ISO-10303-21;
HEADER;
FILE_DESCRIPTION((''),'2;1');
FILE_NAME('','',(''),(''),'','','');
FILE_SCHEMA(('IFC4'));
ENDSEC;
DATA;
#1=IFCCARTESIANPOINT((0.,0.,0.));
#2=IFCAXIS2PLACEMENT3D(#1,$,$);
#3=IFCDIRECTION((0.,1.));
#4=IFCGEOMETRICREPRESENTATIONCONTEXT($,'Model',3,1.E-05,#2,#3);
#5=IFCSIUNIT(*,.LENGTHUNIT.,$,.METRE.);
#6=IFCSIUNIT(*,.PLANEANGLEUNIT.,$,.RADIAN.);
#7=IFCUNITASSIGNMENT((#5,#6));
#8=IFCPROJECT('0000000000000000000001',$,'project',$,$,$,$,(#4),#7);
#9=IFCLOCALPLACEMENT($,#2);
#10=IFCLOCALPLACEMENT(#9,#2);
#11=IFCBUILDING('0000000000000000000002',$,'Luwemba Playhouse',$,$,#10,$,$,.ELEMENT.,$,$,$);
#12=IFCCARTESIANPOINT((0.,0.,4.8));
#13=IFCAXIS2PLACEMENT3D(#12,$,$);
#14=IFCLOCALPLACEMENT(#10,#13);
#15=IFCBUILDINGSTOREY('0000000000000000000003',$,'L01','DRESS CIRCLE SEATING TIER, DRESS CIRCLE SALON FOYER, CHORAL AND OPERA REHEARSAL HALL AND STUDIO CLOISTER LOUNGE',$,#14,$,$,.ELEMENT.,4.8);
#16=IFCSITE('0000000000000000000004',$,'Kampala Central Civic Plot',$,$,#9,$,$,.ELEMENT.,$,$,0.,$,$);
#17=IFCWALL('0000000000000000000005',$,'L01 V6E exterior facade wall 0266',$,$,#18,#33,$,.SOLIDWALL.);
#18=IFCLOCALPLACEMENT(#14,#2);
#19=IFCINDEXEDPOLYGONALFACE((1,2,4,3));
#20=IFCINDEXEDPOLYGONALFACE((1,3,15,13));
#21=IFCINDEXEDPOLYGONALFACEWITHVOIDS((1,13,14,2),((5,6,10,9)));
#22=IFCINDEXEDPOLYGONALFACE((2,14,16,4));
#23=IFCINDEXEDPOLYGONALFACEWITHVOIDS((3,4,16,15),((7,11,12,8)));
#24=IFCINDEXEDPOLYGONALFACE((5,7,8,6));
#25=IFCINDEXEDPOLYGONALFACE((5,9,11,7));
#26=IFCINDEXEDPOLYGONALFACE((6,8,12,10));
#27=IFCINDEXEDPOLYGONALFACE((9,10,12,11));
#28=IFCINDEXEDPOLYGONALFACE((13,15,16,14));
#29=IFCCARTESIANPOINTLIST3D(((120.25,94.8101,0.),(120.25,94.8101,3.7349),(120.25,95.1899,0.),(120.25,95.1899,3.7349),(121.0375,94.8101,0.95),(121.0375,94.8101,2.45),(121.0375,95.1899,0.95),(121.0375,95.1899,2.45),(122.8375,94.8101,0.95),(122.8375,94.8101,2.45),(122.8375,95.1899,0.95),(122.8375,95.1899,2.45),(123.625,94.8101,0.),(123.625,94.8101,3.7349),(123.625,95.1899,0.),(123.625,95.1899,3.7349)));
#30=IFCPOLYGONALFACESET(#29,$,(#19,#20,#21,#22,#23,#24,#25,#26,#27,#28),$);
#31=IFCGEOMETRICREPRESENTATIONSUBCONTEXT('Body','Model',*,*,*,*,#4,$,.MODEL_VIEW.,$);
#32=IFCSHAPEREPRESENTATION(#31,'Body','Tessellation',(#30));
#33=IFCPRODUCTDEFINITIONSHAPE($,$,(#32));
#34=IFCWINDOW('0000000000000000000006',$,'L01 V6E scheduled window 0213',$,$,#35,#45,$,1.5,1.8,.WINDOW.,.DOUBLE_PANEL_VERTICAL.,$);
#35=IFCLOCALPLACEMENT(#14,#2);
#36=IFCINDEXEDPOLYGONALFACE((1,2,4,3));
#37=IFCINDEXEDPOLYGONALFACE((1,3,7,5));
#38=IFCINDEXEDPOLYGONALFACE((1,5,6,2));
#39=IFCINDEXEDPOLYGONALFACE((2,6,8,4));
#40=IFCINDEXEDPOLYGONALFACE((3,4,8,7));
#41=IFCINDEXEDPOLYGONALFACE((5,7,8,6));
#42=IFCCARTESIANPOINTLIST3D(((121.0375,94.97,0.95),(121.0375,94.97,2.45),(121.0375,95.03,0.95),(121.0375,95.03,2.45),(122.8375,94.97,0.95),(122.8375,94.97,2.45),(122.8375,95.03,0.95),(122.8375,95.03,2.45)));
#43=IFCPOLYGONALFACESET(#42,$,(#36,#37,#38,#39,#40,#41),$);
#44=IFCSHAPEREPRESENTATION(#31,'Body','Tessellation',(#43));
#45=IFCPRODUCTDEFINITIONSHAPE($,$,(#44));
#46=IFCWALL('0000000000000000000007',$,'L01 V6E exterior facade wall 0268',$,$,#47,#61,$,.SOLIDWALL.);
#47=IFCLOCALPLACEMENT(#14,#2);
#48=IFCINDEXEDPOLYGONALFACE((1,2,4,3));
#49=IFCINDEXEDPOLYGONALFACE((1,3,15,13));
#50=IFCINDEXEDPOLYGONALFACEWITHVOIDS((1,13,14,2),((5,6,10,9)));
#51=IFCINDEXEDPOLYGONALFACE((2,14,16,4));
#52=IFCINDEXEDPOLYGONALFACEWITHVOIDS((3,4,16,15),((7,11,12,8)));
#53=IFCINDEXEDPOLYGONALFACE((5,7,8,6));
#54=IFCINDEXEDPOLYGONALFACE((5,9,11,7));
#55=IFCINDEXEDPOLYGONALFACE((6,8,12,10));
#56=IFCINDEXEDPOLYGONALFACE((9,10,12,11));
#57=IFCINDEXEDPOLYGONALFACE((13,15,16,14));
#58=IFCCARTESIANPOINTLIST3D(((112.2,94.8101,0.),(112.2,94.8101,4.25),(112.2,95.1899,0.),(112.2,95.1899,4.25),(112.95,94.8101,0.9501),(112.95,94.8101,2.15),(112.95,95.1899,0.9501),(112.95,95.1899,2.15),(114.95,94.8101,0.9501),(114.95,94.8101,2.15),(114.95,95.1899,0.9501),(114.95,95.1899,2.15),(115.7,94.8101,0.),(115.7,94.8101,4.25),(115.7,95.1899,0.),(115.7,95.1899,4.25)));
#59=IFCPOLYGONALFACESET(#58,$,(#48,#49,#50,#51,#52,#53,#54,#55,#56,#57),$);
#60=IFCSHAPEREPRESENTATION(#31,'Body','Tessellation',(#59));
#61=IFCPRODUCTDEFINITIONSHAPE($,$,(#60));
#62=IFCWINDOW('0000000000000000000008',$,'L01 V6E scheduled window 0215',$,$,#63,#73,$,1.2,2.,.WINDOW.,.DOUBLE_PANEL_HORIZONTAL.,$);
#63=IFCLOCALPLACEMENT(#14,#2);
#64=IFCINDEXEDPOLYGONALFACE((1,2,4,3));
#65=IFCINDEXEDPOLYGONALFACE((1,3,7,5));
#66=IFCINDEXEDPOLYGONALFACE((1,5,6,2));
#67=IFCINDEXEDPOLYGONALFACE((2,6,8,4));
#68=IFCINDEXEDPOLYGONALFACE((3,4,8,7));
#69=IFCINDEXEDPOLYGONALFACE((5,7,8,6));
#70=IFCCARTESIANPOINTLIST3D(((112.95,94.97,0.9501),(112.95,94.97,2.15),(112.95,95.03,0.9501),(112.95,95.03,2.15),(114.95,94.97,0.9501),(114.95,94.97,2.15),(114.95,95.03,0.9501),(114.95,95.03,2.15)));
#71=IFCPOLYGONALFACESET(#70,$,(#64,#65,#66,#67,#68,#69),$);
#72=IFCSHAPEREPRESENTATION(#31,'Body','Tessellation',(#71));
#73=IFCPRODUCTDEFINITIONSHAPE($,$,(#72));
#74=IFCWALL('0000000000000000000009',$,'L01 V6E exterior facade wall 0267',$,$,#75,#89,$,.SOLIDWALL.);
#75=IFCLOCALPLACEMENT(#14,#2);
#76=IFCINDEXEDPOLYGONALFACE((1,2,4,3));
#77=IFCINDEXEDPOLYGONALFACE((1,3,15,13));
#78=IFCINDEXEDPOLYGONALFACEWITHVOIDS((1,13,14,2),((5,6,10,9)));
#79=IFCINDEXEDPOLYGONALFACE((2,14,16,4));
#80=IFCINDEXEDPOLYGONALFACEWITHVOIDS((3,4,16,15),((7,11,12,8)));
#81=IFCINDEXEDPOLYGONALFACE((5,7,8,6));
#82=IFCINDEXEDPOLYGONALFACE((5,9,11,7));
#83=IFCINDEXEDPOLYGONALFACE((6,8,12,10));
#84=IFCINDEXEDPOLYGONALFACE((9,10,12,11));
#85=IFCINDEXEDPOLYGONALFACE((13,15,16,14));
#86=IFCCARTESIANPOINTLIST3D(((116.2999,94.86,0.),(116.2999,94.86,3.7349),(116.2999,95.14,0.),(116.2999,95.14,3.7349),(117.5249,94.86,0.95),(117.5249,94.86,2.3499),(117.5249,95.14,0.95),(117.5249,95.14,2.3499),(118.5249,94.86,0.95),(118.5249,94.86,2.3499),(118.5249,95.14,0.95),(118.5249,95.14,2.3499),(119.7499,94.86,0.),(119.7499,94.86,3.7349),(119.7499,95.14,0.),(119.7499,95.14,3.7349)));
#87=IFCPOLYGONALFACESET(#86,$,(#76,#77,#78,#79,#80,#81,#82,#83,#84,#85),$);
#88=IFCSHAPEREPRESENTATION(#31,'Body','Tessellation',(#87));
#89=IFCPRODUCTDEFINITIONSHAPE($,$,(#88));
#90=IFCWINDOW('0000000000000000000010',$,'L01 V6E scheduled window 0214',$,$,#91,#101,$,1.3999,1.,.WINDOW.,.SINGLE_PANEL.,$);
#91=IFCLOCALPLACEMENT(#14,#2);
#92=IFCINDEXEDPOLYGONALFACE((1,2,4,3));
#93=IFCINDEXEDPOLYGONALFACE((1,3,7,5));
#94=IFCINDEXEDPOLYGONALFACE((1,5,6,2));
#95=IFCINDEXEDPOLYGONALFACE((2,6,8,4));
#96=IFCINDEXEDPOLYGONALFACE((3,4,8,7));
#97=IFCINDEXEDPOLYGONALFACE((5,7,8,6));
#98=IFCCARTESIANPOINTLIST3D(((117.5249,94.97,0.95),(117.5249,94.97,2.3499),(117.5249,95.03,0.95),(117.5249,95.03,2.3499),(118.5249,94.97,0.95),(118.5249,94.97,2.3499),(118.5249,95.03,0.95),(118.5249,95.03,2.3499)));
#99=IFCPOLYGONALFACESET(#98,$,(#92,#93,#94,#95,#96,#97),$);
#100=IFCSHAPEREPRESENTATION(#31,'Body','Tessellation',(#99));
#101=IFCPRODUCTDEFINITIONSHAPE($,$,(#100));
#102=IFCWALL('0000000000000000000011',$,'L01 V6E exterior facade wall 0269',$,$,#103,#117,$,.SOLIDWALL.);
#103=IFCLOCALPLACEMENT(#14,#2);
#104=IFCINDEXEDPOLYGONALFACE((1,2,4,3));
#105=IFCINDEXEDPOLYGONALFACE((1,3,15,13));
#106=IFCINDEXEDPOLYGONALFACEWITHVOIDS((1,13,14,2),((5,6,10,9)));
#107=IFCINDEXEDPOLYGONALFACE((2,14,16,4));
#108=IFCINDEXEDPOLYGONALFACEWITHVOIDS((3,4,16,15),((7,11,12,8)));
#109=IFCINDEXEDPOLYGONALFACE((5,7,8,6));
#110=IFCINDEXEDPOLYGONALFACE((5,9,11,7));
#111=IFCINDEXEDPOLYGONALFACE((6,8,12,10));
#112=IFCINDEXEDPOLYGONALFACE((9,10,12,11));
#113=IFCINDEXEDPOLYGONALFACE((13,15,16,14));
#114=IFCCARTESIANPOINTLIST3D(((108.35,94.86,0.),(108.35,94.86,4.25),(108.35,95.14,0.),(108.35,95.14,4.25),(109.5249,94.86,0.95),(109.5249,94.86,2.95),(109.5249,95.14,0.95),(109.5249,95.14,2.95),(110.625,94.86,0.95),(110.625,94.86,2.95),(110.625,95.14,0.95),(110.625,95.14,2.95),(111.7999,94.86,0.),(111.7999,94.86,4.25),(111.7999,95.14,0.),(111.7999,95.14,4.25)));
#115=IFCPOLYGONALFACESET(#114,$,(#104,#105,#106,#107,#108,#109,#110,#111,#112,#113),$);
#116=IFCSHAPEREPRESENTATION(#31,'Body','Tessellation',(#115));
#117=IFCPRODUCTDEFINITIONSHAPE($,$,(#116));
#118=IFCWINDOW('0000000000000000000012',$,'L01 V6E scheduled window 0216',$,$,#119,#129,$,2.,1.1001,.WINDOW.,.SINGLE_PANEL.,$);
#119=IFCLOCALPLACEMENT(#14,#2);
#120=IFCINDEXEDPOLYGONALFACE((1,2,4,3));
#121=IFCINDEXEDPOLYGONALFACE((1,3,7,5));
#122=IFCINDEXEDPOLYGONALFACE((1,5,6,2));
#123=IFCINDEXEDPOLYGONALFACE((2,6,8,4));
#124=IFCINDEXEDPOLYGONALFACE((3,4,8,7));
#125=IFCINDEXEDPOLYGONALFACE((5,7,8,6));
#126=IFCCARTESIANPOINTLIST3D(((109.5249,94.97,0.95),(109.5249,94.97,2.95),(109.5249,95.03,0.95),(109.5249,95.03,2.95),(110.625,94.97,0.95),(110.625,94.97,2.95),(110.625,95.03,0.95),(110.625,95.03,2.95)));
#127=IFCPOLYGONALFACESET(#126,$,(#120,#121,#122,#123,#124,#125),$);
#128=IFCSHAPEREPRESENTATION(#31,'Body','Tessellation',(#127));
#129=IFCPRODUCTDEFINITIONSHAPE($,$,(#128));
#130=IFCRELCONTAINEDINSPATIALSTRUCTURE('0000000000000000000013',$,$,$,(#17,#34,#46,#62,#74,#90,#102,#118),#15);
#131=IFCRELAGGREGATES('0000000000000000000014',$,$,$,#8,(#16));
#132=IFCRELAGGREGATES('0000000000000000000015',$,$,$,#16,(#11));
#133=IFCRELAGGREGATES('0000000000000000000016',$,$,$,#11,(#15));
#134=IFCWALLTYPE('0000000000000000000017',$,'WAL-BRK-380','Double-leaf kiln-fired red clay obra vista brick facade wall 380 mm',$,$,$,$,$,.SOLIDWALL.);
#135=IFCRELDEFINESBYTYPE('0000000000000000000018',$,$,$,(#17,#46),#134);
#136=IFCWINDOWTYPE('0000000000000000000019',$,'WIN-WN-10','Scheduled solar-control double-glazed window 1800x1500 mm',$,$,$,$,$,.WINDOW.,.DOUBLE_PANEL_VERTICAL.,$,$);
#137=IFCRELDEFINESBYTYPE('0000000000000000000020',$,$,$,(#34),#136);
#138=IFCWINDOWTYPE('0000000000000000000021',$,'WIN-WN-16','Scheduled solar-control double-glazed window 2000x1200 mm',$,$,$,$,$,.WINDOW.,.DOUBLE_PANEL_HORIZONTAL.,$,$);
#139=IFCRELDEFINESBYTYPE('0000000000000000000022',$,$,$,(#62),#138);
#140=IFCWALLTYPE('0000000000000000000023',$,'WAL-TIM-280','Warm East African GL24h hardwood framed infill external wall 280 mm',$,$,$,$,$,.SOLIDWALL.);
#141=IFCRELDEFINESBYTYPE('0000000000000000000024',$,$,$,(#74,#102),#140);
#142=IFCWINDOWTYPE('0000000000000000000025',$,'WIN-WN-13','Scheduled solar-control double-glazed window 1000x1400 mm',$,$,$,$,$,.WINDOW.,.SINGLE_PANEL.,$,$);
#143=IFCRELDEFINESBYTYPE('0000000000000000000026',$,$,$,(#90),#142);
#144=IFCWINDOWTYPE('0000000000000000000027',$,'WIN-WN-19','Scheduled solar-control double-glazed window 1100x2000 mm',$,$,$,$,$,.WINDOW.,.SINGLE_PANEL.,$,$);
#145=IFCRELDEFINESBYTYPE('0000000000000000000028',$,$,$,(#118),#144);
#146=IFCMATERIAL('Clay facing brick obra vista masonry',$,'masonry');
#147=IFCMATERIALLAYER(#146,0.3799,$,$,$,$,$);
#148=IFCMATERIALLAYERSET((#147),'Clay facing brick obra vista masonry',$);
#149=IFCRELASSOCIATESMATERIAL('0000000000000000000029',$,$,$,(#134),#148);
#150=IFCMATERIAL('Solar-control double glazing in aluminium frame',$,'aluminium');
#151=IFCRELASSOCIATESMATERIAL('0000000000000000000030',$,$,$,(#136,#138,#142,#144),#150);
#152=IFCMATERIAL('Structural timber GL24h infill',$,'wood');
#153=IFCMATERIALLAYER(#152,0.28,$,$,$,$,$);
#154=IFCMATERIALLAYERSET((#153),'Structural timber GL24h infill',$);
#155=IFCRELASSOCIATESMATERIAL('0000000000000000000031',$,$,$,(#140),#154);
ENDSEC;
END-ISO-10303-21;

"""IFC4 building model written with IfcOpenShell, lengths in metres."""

from ifc_helpers import new_model, si_unit, direction, frame, frame_2d, origin, place, context, subcontext, project, spatial, rectangle, extrude, material, layer, layer_set, type_object, element, fill, save


model = new_model("IFC4")

# Units and contexts
model_context = context("Model", 3, precision=1e-05, world=origin(), true_north=direction((0.0, 1.0)))
body_context = subcontext(model_context, "Body", "Model", "MODEL_VIEW")
ifc_project = project(units=[si_unit("LENGTHUNIT", "METRE"), si_unit("PLANEANGLEUNIT", "RADIAN")], contexts=[model_context])

# Site, building, storey
site_placement = place(None, origin())
site = spatial("IfcSite", under=ifc_project, at=site_placement, Name="Kampala Central Civic Plot", CompositionType="ELEMENT", RefElevation=0.0)
building_placement = place(site_placement, origin())
building = spatial("IfcBuilding", under=site, at=building_placement, Name="Luwemba Playhouse", CompositionType="ELEMENT")
storey_placement = place(building_placement, frame((0.0, 0.0, 4.8)))
storey = spatial("IfcBuildingStorey", under=building, at=storey_placement, Name="L01", Description="DRESS CIRCLE SEATING TIER, DRESS CIRCLE SALON FOYER, CHORAL AND OPERA REHEARSAL HALL AND STUDIO CLOISTER LOUNGE", CompositionType="ELEMENT", Elevation=4.8)

# Walls, openings, windows
ifc_material_1 = material(Name="Clay facing brick obra vista masonry", Category="masonry")
ifc_layer_1 = layer(ifc_material_1, 0.3799)
ifc_layer_set_1 = layer_set([ifc_layer_1], Name="Clay facing brick obra vista masonry")
wall_type_1 = type_object("IfcWallType", Name="WAL-BRK-380", Description="Double-leaf kiln-fired red clay obra vista brick facade wall 380 mm", PredefinedType="SOLIDWALL", material=ifc_layer_set_1)
wall_1_placement = place(storey_placement, frame((123.625, 95.0, 0.0), z_axis=(0.0, 0.0, 1.0), x_axis=(-1.0, 0.0, 0.0)))
wall_1 = element("IfcWall", 1, at=wall_1_placement, inside=storey, type_object=wall_type_1, Name="L01 V6E exterior facade wall 0266", PredefinedType="SOLIDWALL", context=body_context, shape_type="SweptSolid", body=[
    extrude(rectangle(XDim=3.375, YDim=0.3799, at=frame_2d((1.6875, 0.0))), origin(), (0.0, 0.0, 1.0), 3.7349),
])
opening_1_placement = place(wall_1_placement, frame((0.7876, 0.0, 0.95)))
opening_1 = element("IfcOpeningElement", 2, at=opening_1_placement, cuts=wall_1, PredefinedType="OPENING", context=body_context, shape_type="SweptSolid", body=[
    extrude(rectangle(XDim=1.8, YDim=1.5, at=frame_2d((0.8999, 0.75))), frame((0.0, 0.2, 0.0), z_axis=(0.0, -1.0, 0.0), x_axis=(1.0, 0.0, 0.0)), (0.0, 0.0, 1.0), 0.3999),
])
ifc_material_2 = material(Name="Solar-control double glazing in aluminium frame", Category="aluminium")
window_type_1 = type_object("IfcWindowType", Name="WIN-WN-10", Description="Scheduled solar-control double-glazed window 1800x1500 mm", PartitioningType="DOUBLE_PANEL_VERTICAL", PredefinedType="WINDOW", material=ifc_material_2)
window_1_placement = place(opening_1_placement, origin())
window_1 = element("IfcWindow", 3, at=window_1_placement, inside=storey, type_object=window_type_1, Name="L01 V6E scheduled window 0213", OverallHeight=1.5, OverallWidth=1.8, PartitioningType="DOUBLE_PANEL_VERTICAL", PredefinedType="WINDOW", context=body_context, shape_type="SweptSolid", body=[
    extrude(rectangle(XDim=1.8, YDim=1.5, at=frame_2d((0.8999, 0.75))), frame((0.0, 0.03, 0.0), z_axis=(0.0, -1.0, 0.0), x_axis=(1.0, 0.0, 0.0)), (0.0, 0.0, 1.0), 0.0601),
])
fill(opening_1, window_1)
wall_2_placement = place(storey_placement, frame((115.7, 95.0, 0.0), z_axis=(0.0, 0.0, 1.0), x_axis=(-1.0, 0.0, 0.0)))
wall_2 = element("IfcWall", 4, at=wall_2_placement, inside=storey, type_object=wall_type_1, Name="L01 V6E exterior facade wall 0268", PredefinedType="SOLIDWALL", context=body_context, shape_type="SweptSolid", body=[
    extrude(rectangle(XDim=3.5, YDim=0.3799, at=frame_2d((1.75, 0.0))), origin(), (0.0, 0.0, 1.0), 4.25),
])
opening_2_placement = place(wall_2_placement, frame((0.75, 0.0, 0.95)))
opening_2 = element("IfcOpeningElement", 5, at=opening_2_placement, cuts=wall_2, PredefinedType="OPENING", context=body_context, shape_type="SweptSolid", body=[
    extrude(rectangle(XDim=2.0, YDim=1.2, at=frame_2d((1.0, 0.6001))), frame((0.0, 0.2, 0.0), z_axis=(0.0, -1.0, 0.0), x_axis=(1.0, 0.0, 0.0)), (0.0, 0.0, 1.0), 0.3999),
])
window_type_2 = type_object("IfcWindowType", Name="WIN-WN-16", Description="Scheduled solar-control double-glazed window 2000x1200 mm", PartitioningType="DOUBLE_PANEL_HORIZONTAL", PredefinedType="WINDOW", material=ifc_material_2)
window_2_placement = place(opening_2_placement, origin())
window_2 = element("IfcWindow", 6, at=window_2_placement, inside=storey, type_object=window_type_2, Name="L01 V6E scheduled window 0215", OverallHeight=1.2, OverallWidth=2.0, PartitioningType="DOUBLE_PANEL_HORIZONTAL", PredefinedType="WINDOW", context=body_context, shape_type="SweptSolid", body=[
    extrude(rectangle(XDim=2.0, YDim=1.2, at=frame_2d((1.0, 0.6001))), frame((0.0, 0.03, 0.0), z_axis=(0.0, -1.0, 0.0), x_axis=(1.0, 0.0, 0.0)), (0.0, 0.0, 1.0), 0.0601),
])
fill(opening_2, window_2)
ifc_material_3 = material(Name="Structural timber GL24h infill", Category="wood")
ifc_layer_2 = layer(ifc_material_3, 0.28)
ifc_layer_set_2 = layer_set([ifc_layer_2], Name="Structural timber GL24h infill")
wall_type_2 = type_object("IfcWallType", Name="WAL-TIM-280", Description="Warm East African GL24h hardwood framed infill external wall 280 mm", PredefinedType="SOLIDWALL", material=ifc_layer_set_2)
wall_3_placement = place(storey_placement, frame((119.75, 95.0, 0.0), z_axis=(0.0, 0.0, 1.0), x_axis=(-1.0, 0.0, 0.0)))
wall_3 = element("IfcWall", 7, at=wall_3_placement, inside=storey, type_object=wall_type_2, Name="L01 V6E exterior facade wall 0267", PredefinedType="SOLIDWALL", context=body_context, shape_type="SweptSolid", body=[
    extrude(rectangle(XDim=3.45, YDim=0.28, at=frame_2d((1.7251, 0.0))), origin(), (0.0, 0.0, 1.0), 3.7349),
])
opening_3_placement = place(wall_3_placement, frame((1.2251, 0.0, 0.95)))
opening_3 = element("IfcOpeningElement", 8, at=opening_3_placement, cuts=wall_3, PredefinedType="OPENING", context=body_context, shape_type="SweptSolid", body=[
    extrude(rectangle(XDim=1.0, YDim=1.3999, at=frame_2d((0.5, 0.7))), frame((0.0, 0.1499, 0.0), z_axis=(0.0, -1.0, 0.0), x_axis=(1.0, 0.0, 0.0)), (0.0, 0.0, 1.0), 0.3),
])
window_type_3 = type_object("IfcWindowType", Name="WIN-WN-13", Description="Scheduled solar-control double-glazed window 1000x1400 mm", PartitioningType="SINGLE_PANEL", PredefinedType="WINDOW", material=ifc_material_2)
window_3_placement = place(opening_3_placement, origin())
window_3 = element("IfcWindow", 9, at=window_3_placement, inside=storey, type_object=window_type_3, Name="L01 V6E scheduled window 0214", OverallHeight=1.3999, OverallWidth=1.0, PartitioningType="SINGLE_PANEL", PredefinedType="WINDOW", context=body_context, shape_type="SweptSolid", body=[
    extrude(rectangle(XDim=1.0, YDim=1.3999, at=frame_2d((0.5, 0.7))), frame((0.0, 0.03, 0.0), z_axis=(0.0, -1.0, 0.0), x_axis=(1.0, 0.0, 0.0)), (0.0, 0.0, 1.0), 0.0601),
])
fill(opening_3, window_3)
wall_4_placement = place(storey_placement, frame((111.8, 95.0, 0.0), z_axis=(0.0, 0.0, 1.0), x_axis=(-1.0, 0.0, 0.0)))
wall_4 = element("IfcWall", 10, at=wall_4_placement, inside=storey, type_object=wall_type_2, Name="L01 V6E exterior facade wall 0269", PredefinedType="SOLIDWALL", context=body_context, shape_type="SweptSolid", body=[
    extrude(rectangle(XDim=3.45, YDim=0.28, at=frame_2d((1.7251, 0.0))), origin(), (0.0, 0.0, 1.0), 4.25),
])
opening_4_placement = place(wall_4_placement, frame((1.175, 0.0, 0.95)))
opening_4 = element("IfcOpeningElement", 11, at=opening_4_placement, cuts=wall_4, PredefinedType="OPENING", context=body_context, shape_type="SweptSolid", body=[
    extrude(rectangle(XDim=1.1001, YDim=2.0, at=frame_2d((0.55, 1.0))), frame((0.0, 0.1499, 0.0), z_axis=(0.0, -1.0, 0.0), x_axis=(1.0, 0.0, 0.0)), (0.0, 0.0, 1.0), 0.3),
])
window_type_4 = type_object("IfcWindowType", Name="WIN-WN-19", Description="Scheduled solar-control double-glazed window 1100x2000 mm", PartitioningType="SINGLE_PANEL", PredefinedType="WINDOW", material=ifc_material_2)
window_4_placement = place(opening_4_placement, origin())
window_4 = element("IfcWindow", 12, at=window_4_placement, inside=storey, type_object=window_type_4, Name="L01 V6E scheduled window 0216", OverallHeight=2.0, OverallWidth=1.1001, PartitioningType="SINGLE_PANEL", PredefinedType="WINDOW", context=body_context, shape_type="SweptSolid", body=[
    extrude(rectangle(XDim=1.1001, YDim=2.0, at=frame_2d((0.55, 1.0))), frame((0.0, 0.03, 0.0), z_axis=(0.0, -1.0, 0.0), x_axis=(1.0, 0.0, 0.0)), (0.0, 0.0, 1.0), 0.0601),
])
fill(opening_4, window_4)

save(model, "model.ifc")
